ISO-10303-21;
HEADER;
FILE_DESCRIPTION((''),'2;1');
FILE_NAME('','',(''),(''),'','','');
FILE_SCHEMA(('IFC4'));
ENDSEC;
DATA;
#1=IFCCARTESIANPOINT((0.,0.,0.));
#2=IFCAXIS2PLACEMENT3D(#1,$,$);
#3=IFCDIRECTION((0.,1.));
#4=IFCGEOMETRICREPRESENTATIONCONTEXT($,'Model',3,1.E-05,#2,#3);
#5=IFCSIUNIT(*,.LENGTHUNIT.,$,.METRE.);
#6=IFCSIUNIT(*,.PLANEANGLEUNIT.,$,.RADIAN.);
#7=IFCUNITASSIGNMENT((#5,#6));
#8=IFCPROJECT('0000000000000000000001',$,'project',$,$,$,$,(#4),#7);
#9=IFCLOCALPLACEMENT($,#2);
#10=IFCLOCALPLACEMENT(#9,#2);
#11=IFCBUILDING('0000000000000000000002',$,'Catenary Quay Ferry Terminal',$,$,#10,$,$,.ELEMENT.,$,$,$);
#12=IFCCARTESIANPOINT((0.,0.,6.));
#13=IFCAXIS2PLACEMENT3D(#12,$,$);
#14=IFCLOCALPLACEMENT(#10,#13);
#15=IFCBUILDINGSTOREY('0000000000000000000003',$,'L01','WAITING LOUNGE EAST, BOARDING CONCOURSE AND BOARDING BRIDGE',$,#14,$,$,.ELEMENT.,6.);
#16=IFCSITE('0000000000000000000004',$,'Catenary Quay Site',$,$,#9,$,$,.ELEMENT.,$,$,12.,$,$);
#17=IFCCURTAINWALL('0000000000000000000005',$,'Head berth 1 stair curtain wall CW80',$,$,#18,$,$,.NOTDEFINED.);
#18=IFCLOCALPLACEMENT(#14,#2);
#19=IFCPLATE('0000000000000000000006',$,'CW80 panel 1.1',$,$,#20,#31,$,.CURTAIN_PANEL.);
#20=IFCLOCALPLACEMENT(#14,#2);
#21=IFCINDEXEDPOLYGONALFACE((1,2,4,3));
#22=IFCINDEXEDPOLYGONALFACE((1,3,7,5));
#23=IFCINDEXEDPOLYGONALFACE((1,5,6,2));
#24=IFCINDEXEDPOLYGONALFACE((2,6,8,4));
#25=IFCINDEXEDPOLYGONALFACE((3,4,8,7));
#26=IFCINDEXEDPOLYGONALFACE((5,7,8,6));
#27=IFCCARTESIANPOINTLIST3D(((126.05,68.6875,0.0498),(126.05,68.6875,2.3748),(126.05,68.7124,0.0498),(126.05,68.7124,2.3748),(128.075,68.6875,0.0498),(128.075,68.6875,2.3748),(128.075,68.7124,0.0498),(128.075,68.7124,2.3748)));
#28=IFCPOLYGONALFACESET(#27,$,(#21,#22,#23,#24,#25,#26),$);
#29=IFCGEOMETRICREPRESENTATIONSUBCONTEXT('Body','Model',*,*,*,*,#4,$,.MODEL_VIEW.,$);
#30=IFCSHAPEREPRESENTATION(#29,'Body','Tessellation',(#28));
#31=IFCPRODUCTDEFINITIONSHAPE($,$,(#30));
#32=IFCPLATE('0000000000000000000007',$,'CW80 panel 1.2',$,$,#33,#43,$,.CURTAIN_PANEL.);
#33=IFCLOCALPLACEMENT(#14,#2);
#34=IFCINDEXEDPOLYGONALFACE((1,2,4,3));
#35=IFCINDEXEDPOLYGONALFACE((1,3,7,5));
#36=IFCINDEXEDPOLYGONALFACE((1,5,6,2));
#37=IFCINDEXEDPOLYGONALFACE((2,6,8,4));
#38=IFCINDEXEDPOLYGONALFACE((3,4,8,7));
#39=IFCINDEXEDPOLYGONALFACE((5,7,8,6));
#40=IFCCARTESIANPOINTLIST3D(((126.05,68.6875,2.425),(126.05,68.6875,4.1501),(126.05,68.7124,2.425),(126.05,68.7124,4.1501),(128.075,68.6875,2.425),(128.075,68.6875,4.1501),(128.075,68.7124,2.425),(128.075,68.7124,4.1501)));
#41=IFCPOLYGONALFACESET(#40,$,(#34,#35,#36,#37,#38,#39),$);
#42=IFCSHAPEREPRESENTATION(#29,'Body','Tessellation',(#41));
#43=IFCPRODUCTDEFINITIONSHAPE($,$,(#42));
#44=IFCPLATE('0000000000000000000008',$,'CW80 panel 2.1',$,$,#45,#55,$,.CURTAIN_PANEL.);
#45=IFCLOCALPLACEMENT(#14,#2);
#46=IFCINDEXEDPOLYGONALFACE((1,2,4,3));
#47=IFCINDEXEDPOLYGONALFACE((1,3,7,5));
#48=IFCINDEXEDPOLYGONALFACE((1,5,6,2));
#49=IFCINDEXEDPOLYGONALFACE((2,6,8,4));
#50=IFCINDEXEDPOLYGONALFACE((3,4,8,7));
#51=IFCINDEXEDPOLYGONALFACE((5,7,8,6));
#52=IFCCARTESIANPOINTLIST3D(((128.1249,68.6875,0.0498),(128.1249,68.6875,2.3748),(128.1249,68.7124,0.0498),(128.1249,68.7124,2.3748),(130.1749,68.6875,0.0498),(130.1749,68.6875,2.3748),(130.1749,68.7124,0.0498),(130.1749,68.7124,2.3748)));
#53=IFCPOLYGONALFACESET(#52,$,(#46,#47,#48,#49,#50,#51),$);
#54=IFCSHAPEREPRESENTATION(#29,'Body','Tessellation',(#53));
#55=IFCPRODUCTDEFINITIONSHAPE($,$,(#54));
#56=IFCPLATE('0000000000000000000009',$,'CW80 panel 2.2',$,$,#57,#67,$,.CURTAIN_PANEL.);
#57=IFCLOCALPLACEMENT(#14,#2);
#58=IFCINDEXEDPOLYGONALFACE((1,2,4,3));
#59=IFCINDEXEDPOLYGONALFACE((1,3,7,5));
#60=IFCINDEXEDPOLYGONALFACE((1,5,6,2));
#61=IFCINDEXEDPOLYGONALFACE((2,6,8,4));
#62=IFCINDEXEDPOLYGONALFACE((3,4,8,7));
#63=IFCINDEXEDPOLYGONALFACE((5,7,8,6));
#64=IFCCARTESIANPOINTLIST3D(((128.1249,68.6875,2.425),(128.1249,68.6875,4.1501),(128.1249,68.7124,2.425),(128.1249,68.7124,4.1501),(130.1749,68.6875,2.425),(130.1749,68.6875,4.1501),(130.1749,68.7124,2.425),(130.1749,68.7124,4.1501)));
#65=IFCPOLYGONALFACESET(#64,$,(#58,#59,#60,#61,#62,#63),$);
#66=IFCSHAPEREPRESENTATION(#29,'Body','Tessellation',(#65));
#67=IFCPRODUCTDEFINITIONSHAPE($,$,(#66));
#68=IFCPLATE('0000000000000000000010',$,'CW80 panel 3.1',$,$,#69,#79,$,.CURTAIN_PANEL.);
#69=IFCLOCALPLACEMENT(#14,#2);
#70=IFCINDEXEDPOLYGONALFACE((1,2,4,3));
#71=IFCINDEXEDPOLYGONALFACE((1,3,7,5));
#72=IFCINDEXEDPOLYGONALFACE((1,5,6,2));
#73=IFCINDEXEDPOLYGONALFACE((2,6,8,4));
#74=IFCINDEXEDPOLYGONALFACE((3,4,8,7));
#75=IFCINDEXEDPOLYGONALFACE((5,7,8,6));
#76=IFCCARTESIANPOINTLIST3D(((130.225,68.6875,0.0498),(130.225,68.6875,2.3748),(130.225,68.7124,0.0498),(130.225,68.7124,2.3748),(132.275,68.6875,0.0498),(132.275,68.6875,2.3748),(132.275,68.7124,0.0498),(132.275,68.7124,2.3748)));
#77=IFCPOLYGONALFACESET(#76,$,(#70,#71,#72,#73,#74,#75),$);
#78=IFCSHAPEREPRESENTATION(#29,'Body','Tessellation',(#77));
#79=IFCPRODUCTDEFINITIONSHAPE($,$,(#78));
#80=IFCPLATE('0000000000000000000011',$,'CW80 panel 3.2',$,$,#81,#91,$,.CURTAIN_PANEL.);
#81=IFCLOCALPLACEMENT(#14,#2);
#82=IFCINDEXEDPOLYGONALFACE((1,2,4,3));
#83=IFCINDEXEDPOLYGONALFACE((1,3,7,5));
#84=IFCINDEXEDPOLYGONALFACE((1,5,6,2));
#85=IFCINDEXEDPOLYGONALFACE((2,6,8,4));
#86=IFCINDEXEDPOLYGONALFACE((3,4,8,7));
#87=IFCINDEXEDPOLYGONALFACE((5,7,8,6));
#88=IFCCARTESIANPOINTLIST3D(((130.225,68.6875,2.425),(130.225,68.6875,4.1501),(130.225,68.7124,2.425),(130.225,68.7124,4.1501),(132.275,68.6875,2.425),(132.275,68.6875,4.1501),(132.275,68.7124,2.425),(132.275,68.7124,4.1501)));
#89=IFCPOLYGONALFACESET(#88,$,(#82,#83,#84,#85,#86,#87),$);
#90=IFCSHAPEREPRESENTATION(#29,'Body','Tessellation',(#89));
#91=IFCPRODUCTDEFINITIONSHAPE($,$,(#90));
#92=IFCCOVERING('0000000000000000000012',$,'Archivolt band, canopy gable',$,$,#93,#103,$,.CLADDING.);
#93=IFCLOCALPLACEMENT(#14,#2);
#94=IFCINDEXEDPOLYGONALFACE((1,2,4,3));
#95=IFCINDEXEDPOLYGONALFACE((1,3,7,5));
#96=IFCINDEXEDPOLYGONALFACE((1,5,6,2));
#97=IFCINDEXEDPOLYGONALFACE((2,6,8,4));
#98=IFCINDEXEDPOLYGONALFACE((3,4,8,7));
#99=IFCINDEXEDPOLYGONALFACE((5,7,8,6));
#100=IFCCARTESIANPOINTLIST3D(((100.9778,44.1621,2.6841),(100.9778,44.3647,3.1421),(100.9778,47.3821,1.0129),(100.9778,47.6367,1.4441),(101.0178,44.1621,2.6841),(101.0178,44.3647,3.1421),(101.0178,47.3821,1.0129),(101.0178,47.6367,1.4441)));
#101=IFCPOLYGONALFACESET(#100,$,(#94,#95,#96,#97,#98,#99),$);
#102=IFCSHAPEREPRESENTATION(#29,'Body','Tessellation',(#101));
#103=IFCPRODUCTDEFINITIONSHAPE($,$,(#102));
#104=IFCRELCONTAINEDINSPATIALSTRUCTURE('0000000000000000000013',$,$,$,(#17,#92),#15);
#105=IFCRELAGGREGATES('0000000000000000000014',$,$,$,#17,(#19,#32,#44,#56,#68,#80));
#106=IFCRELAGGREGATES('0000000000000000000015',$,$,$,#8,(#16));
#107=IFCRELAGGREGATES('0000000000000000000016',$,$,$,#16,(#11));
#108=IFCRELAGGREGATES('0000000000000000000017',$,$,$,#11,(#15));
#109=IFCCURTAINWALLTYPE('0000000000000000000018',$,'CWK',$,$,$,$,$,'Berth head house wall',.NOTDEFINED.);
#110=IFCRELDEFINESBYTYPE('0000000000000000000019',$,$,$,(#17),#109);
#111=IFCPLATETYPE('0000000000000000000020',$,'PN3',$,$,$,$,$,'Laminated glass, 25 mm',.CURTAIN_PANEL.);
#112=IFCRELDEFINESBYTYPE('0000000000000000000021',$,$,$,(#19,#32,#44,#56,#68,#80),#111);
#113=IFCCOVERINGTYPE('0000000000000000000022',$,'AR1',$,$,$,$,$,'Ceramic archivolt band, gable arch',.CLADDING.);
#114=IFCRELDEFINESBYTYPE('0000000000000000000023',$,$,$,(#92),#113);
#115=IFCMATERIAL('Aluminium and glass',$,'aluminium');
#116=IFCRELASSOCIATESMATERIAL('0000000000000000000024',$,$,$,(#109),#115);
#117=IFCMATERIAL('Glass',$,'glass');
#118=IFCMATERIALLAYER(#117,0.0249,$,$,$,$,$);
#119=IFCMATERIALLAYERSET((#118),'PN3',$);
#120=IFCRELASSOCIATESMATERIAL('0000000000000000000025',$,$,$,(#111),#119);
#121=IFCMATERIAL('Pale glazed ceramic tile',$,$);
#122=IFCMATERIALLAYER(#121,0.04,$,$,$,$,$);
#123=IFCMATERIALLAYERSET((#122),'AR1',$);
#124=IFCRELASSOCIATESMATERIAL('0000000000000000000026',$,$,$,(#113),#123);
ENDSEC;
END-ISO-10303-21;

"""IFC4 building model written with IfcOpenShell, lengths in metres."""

from ifc_helpers import new_model, si_unit, direction, frame, origin, origin_2d, place, context, subcontext, project, spatial, polyline, rectangle, outline, extrude, material, layer, layer_set, type_object, element, aggregate, save


model = new_model("IFC4")

# Units and contexts
model_context = context("Model", 3, precision=1e-05, world=origin(), true_north=direction((0.0, 1.0)))
body_context = subcontext(model_context, "Body", "Model", "MODEL_VIEW")
ifc_project = project(units=[si_unit("LENGTHUNIT", "METRE"), si_unit("PLANEANGLEUNIT", "RADIAN")], contexts=[model_context])

# Site, building, storey
site_placement = place(None, origin())
site = spatial("IfcSite", under=ifc_project, at=site_placement, Name="Catenary Quay Site", CompositionType="ELEMENT", RefElevation=12.0)
building_placement = place(site_placement, origin())
building = spatial("IfcBuilding", under=site, at=building_placement, Name="Catenary Quay Ferry Terminal", CompositionType="ELEMENT")
storey_placement = place(building_placement, frame((0.0, 0.0, 6.0)))
storey = spatial("IfcBuildingStorey", under=building, at=storey_placement, Name="L01", Description="WAITING LOUNGE EAST, BOARDING CONCOURSE AND BOARDING BRIDGE", CompositionType="ELEMENT", Elevation=6.0)

# Curtain wall
ifc_material_1 = material(Name="Aluminium and glass", Category="aluminium")
curtain_wall_type = type_object("IfcCurtainWallType", Name="CWK", ElementType="Berth head house wall", PredefinedType="NOTDEFINED", material=ifc_material_1)
curtain_wall_placement = place(storey_placement, origin())
curtain_wall = element("IfcCurtainWall", 1, at=curtain_wall_placement, inside=storey, type_object=curtain_wall_type, Name="Head berth 1 stair curtain wall CW80", PredefinedType="NOTDEFINED")

# Plates
ifc_material_2 = material(Name="Glass", Category="glass")
ifc_layer_1 = layer(ifc_material_2, 0.0249)
ifc_layer_set_1 = layer_set([ifc_layer_1], Name="PN3")
plate_type = type_object("IfcPlateType", Name="PN3", ElementType="Laminated glass, 25 mm", PredefinedType="CURTAIN_PANEL", material=ifc_layer_set_1)
plate_1_placement = place(storey_placement, frame((127.0625, 68.7, 0.0498), z_axis=(0.0, 0.0, 1.0), x_axis=(1.0, 0.0, 0.0)))
plate_1 = element("IfcPlate", 2, at=plate_1_placement, type_object=plate_type, Name="CW80 panel 1.1", PredefinedType="CURTAIN_PANEL", context=body_context, shape_type="SweptSolid", body=[
    extrude(rectangle(XDim=2.0249, YDim=0.0249, at=origin_2d()), origin(), (0.0, 0.0, 1.0), 2.325),
])
plate_2_placement = place(storey_placement, frame((127.0625, 68.7, 2.425), z_axis=(0.0, 0.0, 1.0), x_axis=(1.0, 0.0, 0.0)))
plate_2 = element("IfcPlate", 3, at=plate_2_placement, type_object=plate_type, Name="CW80 panel 1.2", PredefinedType="CURTAIN_PANEL", context=body_context, shape_type="SweptSolid", body=[
    extrude(rectangle(XDim=2.0249, YDim=0.0249, at=origin_2d()), origin(), (0.0, 0.0, 1.0), 1.7251),
])
plate_3_placement = place(storey_placement, frame((129.1499, 68.7, 0.0498), z_axis=(0.0, 0.0, 1.0), x_axis=(1.0, 0.0, 0.0)))
plate_3 = element("IfcPlate", 4, at=plate_3_placement, type_object=plate_type, Name="CW80 panel 2.1", PredefinedType="CURTAIN_PANEL", context=body_context, shape_type="SweptSolid", body=[
    extrude(rectangle(XDim=2.05, YDim=0.0249, at=origin_2d()), origin(), (0.0, 0.0, 1.0), 2.325),
])
plate_4_placement = place(storey_placement, frame((129.1499, 68.7, 2.425), z_axis=(0.0, 0.0, 1.0), x_axis=(1.0, 0.0, 0.0)))
plate_4 = element("IfcPlate", 5, at=plate_4_placement, type_object=plate_type, Name="CW80 panel 2.2", PredefinedType="CURTAIN_PANEL", context=body_context, shape_type="SweptSolid", body=[
    extrude(rectangle(XDim=2.05, YDim=0.0249, at=origin_2d()), origin(), (0.0, 0.0, 1.0), 1.7251),
])
plate_5_placement = place(storey_placement, frame((131.25, 68.7, 0.0498), z_axis=(0.0, 0.0, 1.0), x_axis=(1.0, 0.0, 0.0)))
plate_5 = element("IfcPlate", 6, at=plate_5_placement, type_object=plate_type, Name="CW80 panel 3.1", PredefinedType="CURTAIN_PANEL", context=body_context, shape_type="SweptSolid", body=[
    extrude(rectangle(XDim=2.05, YDim=0.0249, at=origin_2d()), origin(), (0.0, 0.0, 1.0), 2.325),
])
plate_6_placement = place(storey_placement, frame((131.25, 68.7, 2.425), z_axis=(0.0, 0.0, 1.0), x_axis=(1.0, 0.0, 0.0)))
plate_6 = element("IfcPlate", 7, at=plate_6_placement, type_object=plate_type, Name="CW80 panel 3.2", PredefinedType="CURTAIN_PANEL", context=body_context, shape_type="SweptSolid", body=[
    extrude(rectangle(XDim=2.05, YDim=0.0249, at=origin_2d()), origin(), (0.0, 0.0, 1.0), 1.7251),
])
aggregate(curtain_wall, [plate_1, plate_2, plate_3, plate_4, plate_5, plate_6])

# Covering
ifc_material_3 = material(Name="Pale glazed ceramic tile")
ifc_layer_2 = layer(ifc_material_3, 0.04)
ifc_layer_set_2 = layer_set([ifc_layer_2], Name="AR1")
covering_type = type_object("IfcCoveringType", Name="AR1", ElementType="Ceramic archivolt band, gable arch", PredefinedType="CLADDING", material=ifc_layer_set_2)
covering_placement = place(storey_placement, frame((100.9778, 44.3647, 3.1421), z_axis=(-1.0, 0.0, 0.0), x_axis=(0.0, 0.887597, -0.460621)))
element("IfcCovering", 8, at=covering_placement, inside=storey, type_object=covering_type, Name="Archivolt band, canopy gable", PredefinedType="CLADDING", context=body_context, shape_type="SweptSolid", body=[
    extrude(outline(polyline([(0.0, 0.0), (3.6863, 0.0), (3.6589, 0.5), (0.0311, 0.4999), (0.0, 0.0)])), origin(), (0.0, 0.0, -1.0), 0.04),
])

save(model, "model.ifc")
